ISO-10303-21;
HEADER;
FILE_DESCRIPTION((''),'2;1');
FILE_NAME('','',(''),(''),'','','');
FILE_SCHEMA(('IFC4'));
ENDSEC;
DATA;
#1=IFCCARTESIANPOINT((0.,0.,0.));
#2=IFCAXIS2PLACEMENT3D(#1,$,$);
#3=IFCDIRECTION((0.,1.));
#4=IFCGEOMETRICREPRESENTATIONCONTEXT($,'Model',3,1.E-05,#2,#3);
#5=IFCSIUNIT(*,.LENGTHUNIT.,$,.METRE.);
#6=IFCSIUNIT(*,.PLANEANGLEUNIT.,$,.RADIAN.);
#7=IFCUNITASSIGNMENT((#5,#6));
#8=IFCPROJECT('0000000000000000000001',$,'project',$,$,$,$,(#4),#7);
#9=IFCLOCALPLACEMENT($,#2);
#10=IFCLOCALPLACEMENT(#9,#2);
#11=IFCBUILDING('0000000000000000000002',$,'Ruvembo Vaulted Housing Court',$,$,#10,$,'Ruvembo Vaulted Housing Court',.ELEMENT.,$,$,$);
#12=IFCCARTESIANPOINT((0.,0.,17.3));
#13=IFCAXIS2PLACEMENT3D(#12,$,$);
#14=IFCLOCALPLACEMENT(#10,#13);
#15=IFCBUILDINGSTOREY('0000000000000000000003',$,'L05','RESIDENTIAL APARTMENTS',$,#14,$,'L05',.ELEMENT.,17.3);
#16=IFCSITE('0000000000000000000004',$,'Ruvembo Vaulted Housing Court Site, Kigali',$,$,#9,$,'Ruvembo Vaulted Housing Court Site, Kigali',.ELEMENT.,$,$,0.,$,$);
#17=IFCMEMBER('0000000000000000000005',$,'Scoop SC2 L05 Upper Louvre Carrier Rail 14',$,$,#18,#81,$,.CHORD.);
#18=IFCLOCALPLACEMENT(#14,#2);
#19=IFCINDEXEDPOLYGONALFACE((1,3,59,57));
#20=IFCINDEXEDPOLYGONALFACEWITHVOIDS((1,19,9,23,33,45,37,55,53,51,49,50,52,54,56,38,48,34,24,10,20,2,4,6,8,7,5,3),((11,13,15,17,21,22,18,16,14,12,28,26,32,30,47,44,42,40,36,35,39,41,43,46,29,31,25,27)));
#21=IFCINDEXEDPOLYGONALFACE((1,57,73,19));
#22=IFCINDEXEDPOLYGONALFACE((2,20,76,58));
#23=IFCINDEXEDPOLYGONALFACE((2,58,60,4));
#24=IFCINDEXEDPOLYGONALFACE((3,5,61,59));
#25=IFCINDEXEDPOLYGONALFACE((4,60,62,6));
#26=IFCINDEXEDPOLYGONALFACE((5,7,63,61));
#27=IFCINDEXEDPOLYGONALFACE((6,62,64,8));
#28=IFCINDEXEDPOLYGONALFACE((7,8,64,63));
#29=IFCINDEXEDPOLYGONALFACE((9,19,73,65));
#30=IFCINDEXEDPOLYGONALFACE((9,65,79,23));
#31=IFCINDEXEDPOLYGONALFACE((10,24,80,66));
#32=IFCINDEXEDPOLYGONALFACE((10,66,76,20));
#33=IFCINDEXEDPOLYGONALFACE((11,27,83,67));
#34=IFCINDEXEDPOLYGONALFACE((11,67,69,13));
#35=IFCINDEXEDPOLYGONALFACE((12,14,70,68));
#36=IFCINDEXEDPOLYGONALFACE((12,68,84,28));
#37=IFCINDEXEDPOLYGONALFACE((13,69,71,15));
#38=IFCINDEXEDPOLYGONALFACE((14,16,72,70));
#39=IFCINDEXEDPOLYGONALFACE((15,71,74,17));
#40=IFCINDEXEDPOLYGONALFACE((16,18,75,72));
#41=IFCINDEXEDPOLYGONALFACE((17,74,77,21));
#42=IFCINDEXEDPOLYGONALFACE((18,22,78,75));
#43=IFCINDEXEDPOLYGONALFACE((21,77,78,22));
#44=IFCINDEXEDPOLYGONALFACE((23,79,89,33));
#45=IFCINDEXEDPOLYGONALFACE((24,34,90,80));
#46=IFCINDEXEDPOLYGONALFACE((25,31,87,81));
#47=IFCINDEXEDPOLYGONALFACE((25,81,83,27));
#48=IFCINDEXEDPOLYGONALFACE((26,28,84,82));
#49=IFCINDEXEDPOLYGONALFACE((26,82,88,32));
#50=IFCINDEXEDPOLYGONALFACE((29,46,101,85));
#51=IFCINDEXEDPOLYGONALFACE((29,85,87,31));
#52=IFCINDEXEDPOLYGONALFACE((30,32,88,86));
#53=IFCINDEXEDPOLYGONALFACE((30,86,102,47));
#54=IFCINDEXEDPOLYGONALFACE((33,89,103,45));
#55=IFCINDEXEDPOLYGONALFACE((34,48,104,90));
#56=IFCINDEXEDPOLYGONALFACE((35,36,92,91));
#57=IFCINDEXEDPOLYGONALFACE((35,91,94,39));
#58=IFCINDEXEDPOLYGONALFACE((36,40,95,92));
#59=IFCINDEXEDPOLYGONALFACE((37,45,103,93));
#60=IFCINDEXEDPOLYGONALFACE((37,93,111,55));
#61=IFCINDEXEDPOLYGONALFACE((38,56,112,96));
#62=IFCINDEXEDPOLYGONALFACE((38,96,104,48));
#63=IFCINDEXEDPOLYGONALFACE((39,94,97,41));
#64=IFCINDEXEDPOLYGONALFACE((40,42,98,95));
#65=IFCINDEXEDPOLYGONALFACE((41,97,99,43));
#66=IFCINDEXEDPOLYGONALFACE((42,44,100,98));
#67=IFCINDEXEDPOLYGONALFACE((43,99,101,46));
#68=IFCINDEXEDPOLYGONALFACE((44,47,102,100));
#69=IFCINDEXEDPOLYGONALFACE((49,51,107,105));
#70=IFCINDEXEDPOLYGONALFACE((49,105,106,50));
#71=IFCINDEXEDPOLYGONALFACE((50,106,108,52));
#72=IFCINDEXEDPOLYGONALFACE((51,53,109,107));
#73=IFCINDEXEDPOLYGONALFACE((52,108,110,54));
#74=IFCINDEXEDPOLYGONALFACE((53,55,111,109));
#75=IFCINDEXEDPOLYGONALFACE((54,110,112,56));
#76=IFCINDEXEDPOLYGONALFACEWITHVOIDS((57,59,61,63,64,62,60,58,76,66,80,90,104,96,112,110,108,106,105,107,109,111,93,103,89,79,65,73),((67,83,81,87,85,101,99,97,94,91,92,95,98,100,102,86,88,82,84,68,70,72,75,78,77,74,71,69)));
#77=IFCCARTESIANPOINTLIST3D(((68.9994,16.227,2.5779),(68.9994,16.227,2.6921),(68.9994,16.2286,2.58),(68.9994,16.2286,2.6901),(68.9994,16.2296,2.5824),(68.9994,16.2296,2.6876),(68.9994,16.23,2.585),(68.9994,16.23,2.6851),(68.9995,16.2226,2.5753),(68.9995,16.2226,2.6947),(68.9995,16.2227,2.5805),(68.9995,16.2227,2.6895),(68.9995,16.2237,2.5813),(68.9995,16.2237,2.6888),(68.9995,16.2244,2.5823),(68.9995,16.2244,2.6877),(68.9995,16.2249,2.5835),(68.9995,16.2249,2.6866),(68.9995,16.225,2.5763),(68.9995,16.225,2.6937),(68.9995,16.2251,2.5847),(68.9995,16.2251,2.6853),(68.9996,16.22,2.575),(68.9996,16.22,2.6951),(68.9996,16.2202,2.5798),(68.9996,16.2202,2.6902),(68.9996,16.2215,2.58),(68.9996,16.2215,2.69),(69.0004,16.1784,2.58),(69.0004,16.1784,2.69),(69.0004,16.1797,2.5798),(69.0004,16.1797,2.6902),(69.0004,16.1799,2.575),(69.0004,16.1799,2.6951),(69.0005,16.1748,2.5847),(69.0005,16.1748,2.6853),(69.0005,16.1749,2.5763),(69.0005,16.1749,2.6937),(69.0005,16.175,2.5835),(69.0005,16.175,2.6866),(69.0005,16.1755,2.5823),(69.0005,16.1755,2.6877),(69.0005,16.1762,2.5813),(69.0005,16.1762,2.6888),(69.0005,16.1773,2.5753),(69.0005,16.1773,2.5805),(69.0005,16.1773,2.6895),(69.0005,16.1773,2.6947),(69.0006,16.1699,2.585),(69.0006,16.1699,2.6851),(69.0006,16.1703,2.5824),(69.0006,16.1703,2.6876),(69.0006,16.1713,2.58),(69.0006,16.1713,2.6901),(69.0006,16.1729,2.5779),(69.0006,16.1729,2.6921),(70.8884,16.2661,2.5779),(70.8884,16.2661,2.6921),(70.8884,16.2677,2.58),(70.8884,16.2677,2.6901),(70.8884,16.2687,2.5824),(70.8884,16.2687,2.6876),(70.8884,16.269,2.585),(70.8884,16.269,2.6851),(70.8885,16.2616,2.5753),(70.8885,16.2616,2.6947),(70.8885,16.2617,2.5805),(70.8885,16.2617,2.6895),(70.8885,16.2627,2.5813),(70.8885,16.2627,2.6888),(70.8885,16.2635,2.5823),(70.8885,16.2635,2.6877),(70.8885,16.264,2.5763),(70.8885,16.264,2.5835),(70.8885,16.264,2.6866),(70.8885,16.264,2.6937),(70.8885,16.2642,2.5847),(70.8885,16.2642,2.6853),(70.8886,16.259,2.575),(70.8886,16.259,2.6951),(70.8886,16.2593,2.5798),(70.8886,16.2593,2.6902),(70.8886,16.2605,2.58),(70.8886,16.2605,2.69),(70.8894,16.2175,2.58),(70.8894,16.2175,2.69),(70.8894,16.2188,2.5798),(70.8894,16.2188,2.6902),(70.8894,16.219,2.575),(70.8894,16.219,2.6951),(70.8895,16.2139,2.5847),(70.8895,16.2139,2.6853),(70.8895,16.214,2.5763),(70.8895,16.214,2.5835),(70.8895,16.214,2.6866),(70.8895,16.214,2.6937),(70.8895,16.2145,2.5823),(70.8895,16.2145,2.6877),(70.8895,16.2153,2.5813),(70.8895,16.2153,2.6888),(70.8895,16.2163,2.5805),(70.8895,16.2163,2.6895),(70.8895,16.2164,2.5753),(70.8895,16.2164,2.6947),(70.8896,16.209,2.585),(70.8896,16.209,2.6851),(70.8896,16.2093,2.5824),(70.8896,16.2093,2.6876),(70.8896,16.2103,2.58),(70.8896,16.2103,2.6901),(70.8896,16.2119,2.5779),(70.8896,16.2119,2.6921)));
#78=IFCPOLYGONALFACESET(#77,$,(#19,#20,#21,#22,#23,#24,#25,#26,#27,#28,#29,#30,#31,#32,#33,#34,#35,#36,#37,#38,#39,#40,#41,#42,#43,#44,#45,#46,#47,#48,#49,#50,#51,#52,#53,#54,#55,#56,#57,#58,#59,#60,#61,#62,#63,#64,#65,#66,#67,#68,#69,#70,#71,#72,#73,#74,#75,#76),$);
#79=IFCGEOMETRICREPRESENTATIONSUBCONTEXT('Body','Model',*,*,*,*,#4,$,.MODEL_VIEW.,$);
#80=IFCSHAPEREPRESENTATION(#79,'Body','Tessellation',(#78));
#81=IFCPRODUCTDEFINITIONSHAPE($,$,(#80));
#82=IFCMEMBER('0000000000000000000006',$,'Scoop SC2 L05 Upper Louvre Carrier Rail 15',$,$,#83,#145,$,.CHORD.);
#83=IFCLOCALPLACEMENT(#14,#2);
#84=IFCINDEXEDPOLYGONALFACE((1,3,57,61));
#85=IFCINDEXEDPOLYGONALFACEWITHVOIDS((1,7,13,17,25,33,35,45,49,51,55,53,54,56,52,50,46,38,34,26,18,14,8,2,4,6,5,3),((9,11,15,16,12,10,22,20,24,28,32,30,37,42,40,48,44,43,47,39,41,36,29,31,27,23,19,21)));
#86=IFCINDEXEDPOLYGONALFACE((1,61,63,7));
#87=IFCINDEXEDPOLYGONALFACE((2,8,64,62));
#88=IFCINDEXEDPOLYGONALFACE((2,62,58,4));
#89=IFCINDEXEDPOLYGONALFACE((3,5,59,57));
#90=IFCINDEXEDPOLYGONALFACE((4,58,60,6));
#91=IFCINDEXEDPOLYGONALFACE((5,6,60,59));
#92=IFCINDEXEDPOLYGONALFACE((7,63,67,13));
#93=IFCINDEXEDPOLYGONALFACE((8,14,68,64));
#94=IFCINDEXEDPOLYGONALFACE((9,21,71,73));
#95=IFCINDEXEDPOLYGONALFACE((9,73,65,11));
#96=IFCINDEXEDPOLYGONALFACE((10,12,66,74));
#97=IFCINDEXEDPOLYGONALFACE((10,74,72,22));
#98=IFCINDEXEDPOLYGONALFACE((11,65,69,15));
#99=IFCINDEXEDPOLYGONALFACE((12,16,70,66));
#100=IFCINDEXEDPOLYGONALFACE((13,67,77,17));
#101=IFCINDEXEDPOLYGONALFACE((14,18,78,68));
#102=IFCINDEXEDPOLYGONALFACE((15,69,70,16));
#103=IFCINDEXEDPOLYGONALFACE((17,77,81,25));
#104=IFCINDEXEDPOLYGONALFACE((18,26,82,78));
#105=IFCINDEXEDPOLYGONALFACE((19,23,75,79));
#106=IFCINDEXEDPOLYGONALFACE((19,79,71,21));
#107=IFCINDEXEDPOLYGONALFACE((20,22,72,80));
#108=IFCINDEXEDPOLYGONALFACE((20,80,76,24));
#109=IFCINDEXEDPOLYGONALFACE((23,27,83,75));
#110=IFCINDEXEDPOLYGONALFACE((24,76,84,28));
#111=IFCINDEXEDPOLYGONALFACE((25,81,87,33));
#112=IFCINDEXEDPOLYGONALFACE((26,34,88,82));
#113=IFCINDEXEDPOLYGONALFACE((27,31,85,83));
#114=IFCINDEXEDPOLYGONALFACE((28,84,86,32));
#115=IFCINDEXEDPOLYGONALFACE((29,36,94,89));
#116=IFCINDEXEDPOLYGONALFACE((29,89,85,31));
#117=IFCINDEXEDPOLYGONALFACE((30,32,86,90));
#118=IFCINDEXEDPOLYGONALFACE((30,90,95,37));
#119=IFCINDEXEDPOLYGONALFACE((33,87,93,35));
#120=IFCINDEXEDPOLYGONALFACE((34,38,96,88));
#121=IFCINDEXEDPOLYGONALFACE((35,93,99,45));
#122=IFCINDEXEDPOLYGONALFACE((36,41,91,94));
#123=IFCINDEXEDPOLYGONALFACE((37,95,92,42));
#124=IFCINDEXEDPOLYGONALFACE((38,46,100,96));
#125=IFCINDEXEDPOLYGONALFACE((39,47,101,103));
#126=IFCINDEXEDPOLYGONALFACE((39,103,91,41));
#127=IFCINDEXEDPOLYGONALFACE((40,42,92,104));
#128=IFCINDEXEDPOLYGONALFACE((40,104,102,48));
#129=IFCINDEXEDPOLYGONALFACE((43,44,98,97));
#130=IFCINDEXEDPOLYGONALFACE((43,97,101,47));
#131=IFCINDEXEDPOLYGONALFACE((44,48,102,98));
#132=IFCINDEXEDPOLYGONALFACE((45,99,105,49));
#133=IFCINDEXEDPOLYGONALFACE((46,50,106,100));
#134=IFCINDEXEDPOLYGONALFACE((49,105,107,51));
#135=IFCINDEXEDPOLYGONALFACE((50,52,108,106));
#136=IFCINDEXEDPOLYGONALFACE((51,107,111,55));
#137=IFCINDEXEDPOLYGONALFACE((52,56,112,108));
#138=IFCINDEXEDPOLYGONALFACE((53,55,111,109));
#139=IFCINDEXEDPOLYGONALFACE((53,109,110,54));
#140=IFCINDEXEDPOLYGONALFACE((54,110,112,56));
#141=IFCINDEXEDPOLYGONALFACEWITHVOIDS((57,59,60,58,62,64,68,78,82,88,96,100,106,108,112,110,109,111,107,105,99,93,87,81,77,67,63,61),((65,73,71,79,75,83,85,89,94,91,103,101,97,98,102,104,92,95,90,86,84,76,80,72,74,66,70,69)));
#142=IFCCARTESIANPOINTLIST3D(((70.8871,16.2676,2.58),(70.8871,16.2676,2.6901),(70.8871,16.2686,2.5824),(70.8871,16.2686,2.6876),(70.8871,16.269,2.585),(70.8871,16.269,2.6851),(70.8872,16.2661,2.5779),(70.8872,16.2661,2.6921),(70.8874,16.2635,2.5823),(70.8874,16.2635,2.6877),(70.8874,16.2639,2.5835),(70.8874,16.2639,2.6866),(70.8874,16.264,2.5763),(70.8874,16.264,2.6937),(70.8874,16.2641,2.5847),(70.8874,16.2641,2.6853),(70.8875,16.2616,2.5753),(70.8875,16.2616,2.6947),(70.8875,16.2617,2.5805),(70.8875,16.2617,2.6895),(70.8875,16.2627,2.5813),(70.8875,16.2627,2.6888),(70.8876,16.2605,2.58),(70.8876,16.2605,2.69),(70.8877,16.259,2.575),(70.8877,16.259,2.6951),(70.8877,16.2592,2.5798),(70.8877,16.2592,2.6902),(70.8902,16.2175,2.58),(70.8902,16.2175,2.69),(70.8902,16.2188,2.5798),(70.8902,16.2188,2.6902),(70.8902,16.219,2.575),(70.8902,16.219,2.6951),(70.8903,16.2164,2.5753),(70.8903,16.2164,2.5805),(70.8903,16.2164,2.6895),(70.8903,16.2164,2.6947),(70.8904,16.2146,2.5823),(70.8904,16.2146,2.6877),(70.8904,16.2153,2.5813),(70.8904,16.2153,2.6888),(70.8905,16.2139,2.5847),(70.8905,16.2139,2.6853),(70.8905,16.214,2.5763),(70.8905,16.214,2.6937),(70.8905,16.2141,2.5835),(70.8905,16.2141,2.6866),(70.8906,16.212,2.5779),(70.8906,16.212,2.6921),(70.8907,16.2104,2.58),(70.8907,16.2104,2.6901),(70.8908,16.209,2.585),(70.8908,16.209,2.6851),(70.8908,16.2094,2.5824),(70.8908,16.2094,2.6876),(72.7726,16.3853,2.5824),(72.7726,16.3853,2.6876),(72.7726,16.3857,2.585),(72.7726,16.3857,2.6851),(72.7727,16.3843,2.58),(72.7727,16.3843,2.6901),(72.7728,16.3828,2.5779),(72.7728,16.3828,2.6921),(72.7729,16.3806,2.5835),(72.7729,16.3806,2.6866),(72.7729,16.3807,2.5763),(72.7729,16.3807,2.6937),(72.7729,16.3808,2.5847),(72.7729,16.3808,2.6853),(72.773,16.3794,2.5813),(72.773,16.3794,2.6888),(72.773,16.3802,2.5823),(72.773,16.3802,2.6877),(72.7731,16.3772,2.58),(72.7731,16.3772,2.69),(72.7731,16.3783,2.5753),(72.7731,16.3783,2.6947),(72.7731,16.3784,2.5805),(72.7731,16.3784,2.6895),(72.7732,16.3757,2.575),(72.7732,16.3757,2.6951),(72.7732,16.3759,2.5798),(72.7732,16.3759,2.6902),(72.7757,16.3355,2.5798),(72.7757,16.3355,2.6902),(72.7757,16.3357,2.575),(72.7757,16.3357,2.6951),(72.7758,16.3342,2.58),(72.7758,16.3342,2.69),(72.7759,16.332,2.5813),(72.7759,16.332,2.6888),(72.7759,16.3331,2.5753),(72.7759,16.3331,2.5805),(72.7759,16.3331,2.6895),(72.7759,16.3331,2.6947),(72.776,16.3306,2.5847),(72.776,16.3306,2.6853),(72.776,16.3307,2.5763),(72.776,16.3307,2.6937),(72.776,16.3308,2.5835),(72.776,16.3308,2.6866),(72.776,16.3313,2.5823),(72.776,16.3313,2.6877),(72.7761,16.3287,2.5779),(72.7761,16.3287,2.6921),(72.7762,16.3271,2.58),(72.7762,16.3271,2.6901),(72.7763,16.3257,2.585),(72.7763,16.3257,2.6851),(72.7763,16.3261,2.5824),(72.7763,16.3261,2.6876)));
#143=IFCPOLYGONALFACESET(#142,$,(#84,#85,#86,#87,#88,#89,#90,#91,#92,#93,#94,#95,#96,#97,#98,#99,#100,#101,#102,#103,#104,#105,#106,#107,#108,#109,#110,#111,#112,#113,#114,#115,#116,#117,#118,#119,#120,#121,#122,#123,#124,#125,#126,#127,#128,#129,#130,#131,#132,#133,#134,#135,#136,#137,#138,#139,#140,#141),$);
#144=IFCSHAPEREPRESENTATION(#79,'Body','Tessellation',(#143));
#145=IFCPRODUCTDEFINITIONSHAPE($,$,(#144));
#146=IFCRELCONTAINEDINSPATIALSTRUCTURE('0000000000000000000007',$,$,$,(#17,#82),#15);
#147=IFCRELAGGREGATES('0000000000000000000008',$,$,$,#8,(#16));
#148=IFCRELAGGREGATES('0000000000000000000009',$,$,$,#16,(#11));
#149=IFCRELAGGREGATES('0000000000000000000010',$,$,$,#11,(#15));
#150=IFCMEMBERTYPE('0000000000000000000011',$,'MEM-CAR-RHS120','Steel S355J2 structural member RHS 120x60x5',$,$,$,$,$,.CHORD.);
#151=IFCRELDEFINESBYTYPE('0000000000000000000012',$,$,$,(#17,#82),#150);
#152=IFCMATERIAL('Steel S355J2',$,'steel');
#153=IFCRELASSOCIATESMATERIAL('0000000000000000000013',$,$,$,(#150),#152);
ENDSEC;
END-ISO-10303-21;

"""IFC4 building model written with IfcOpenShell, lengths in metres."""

from ifc_helpers import new_model, si_unit, direction, frame, origin, origin_2d, place, context, subcontext, project, spatial, hollow_rectangle, extrude, material, material_profile, profile_set, type_object, element, save


model = new_model("IFC4")

# Units and contexts
model_context = context("Model", 3, precision=1e-05, world=origin(), true_north=direction((0.0, 1.0)))
body_context = subcontext(model_context, "Body", "Model", "MODEL_VIEW")
ifc_project = project(units=[si_unit("LENGTHUNIT", "METRE"), si_unit("PLANEANGLEUNIT", "RADIAN")], contexts=[model_context])

# Site, building, storey
site_placement = place(None, origin())
site = spatial("IfcSite", under=ifc_project, at=site_placement, Name="Ruvembo Vaulted Housing Court Site, Kigali", LongName="Ruvembo Vaulted Housing Court Site, Kigali", CompositionType="ELEMENT", RefElevation=0.0)
building_placement = place(site_placement, origin())
building = spatial("IfcBuilding", under=site, at=building_placement, Name="Ruvembo Vaulted Housing Court", LongName="Ruvembo Vaulted Housing Court", CompositionType="ELEMENT")
storey_placement = place(building_placement, frame((0.0, 0.0, 17.3)))
storey = spatial("IfcBuildingStorey", under=building, at=storey_placement, Name="L05", Description="RESIDENTIAL APARTMENTS", LongName="L05", CompositionType="ELEMENT", Elevation=17.3)

# Shared definitions
ifc_material_1 = material(Name="Steel S355J2", Category="steel")

# Members
ifc_material_profile_1 = material_profile(ifc_material_1, hollow_rectangle(XDim=0.0601, YDim=0.1201, WallThickness=0.0049, InnerFilletRadius=0.0049, OuterFilletRadius=0.01, at=origin_2d()), Name="RHS 120x60x5")
ifc_profile_set_1 = profile_set([ifc_material_profile_1], Name="Steel S355J2")
member_type_1 = type_object("IfcMemberType", Name="MEM-CAR-RHS120", Description="Steel S355J2 structural member RHS 120x60x5", PredefinedType="CHORD", material=ifc_profile_set_1)
member_1_placement = place(storey_placement, frame((69.0, 16.2, 2.635), z_axis=(0.999786, 0.020675, 0.0), x_axis=(-0.020675, 0.999786, 0.0)))
element("IfcMember", 1, at=member_1_placement, inside=storey, type_object=member_type_1, Name="Scoop SC2 L05 Upper Louvre Carrier Rail 14", PredefinedType="CHORD", context=body_context, shape_type="SweptSolid", body=[
    extrude(hollow_rectangle(XDim=0.0601, YDim=0.1201, WallThickness=0.0049, InnerFilletRadius=0.0049, OuterFilletRadius=0.01, at=origin_2d()), origin(), (0.0, 0.0, 1.0), 1.8894),
])
member_2_placement = place(storey_placement, frame((70.8889, 16.239, 2.635), z_axis=(0.99809, 0.061775, 0.0), x_axis=(-0.061775, 0.99809, 0.0)))
element("IfcMember", 2, at=member_2_placement, inside=storey, type_object=member_type_1, Name="Scoop SC2 L05 Upper Louvre Carrier Rail 15", PredefinedType="CHORD", context=body_context, shape_type="SweptSolid", body=[
    extrude(hollow_rectangle(XDim=0.0601, YDim=0.1201, WallThickness=0.0049, InnerFilletRadius=0.0049, OuterFilletRadius=0.01, at=origin_2d()), origin(), (0.0, 0.0, 1.0), 1.8892),
])

save(model, "model.ifc")
